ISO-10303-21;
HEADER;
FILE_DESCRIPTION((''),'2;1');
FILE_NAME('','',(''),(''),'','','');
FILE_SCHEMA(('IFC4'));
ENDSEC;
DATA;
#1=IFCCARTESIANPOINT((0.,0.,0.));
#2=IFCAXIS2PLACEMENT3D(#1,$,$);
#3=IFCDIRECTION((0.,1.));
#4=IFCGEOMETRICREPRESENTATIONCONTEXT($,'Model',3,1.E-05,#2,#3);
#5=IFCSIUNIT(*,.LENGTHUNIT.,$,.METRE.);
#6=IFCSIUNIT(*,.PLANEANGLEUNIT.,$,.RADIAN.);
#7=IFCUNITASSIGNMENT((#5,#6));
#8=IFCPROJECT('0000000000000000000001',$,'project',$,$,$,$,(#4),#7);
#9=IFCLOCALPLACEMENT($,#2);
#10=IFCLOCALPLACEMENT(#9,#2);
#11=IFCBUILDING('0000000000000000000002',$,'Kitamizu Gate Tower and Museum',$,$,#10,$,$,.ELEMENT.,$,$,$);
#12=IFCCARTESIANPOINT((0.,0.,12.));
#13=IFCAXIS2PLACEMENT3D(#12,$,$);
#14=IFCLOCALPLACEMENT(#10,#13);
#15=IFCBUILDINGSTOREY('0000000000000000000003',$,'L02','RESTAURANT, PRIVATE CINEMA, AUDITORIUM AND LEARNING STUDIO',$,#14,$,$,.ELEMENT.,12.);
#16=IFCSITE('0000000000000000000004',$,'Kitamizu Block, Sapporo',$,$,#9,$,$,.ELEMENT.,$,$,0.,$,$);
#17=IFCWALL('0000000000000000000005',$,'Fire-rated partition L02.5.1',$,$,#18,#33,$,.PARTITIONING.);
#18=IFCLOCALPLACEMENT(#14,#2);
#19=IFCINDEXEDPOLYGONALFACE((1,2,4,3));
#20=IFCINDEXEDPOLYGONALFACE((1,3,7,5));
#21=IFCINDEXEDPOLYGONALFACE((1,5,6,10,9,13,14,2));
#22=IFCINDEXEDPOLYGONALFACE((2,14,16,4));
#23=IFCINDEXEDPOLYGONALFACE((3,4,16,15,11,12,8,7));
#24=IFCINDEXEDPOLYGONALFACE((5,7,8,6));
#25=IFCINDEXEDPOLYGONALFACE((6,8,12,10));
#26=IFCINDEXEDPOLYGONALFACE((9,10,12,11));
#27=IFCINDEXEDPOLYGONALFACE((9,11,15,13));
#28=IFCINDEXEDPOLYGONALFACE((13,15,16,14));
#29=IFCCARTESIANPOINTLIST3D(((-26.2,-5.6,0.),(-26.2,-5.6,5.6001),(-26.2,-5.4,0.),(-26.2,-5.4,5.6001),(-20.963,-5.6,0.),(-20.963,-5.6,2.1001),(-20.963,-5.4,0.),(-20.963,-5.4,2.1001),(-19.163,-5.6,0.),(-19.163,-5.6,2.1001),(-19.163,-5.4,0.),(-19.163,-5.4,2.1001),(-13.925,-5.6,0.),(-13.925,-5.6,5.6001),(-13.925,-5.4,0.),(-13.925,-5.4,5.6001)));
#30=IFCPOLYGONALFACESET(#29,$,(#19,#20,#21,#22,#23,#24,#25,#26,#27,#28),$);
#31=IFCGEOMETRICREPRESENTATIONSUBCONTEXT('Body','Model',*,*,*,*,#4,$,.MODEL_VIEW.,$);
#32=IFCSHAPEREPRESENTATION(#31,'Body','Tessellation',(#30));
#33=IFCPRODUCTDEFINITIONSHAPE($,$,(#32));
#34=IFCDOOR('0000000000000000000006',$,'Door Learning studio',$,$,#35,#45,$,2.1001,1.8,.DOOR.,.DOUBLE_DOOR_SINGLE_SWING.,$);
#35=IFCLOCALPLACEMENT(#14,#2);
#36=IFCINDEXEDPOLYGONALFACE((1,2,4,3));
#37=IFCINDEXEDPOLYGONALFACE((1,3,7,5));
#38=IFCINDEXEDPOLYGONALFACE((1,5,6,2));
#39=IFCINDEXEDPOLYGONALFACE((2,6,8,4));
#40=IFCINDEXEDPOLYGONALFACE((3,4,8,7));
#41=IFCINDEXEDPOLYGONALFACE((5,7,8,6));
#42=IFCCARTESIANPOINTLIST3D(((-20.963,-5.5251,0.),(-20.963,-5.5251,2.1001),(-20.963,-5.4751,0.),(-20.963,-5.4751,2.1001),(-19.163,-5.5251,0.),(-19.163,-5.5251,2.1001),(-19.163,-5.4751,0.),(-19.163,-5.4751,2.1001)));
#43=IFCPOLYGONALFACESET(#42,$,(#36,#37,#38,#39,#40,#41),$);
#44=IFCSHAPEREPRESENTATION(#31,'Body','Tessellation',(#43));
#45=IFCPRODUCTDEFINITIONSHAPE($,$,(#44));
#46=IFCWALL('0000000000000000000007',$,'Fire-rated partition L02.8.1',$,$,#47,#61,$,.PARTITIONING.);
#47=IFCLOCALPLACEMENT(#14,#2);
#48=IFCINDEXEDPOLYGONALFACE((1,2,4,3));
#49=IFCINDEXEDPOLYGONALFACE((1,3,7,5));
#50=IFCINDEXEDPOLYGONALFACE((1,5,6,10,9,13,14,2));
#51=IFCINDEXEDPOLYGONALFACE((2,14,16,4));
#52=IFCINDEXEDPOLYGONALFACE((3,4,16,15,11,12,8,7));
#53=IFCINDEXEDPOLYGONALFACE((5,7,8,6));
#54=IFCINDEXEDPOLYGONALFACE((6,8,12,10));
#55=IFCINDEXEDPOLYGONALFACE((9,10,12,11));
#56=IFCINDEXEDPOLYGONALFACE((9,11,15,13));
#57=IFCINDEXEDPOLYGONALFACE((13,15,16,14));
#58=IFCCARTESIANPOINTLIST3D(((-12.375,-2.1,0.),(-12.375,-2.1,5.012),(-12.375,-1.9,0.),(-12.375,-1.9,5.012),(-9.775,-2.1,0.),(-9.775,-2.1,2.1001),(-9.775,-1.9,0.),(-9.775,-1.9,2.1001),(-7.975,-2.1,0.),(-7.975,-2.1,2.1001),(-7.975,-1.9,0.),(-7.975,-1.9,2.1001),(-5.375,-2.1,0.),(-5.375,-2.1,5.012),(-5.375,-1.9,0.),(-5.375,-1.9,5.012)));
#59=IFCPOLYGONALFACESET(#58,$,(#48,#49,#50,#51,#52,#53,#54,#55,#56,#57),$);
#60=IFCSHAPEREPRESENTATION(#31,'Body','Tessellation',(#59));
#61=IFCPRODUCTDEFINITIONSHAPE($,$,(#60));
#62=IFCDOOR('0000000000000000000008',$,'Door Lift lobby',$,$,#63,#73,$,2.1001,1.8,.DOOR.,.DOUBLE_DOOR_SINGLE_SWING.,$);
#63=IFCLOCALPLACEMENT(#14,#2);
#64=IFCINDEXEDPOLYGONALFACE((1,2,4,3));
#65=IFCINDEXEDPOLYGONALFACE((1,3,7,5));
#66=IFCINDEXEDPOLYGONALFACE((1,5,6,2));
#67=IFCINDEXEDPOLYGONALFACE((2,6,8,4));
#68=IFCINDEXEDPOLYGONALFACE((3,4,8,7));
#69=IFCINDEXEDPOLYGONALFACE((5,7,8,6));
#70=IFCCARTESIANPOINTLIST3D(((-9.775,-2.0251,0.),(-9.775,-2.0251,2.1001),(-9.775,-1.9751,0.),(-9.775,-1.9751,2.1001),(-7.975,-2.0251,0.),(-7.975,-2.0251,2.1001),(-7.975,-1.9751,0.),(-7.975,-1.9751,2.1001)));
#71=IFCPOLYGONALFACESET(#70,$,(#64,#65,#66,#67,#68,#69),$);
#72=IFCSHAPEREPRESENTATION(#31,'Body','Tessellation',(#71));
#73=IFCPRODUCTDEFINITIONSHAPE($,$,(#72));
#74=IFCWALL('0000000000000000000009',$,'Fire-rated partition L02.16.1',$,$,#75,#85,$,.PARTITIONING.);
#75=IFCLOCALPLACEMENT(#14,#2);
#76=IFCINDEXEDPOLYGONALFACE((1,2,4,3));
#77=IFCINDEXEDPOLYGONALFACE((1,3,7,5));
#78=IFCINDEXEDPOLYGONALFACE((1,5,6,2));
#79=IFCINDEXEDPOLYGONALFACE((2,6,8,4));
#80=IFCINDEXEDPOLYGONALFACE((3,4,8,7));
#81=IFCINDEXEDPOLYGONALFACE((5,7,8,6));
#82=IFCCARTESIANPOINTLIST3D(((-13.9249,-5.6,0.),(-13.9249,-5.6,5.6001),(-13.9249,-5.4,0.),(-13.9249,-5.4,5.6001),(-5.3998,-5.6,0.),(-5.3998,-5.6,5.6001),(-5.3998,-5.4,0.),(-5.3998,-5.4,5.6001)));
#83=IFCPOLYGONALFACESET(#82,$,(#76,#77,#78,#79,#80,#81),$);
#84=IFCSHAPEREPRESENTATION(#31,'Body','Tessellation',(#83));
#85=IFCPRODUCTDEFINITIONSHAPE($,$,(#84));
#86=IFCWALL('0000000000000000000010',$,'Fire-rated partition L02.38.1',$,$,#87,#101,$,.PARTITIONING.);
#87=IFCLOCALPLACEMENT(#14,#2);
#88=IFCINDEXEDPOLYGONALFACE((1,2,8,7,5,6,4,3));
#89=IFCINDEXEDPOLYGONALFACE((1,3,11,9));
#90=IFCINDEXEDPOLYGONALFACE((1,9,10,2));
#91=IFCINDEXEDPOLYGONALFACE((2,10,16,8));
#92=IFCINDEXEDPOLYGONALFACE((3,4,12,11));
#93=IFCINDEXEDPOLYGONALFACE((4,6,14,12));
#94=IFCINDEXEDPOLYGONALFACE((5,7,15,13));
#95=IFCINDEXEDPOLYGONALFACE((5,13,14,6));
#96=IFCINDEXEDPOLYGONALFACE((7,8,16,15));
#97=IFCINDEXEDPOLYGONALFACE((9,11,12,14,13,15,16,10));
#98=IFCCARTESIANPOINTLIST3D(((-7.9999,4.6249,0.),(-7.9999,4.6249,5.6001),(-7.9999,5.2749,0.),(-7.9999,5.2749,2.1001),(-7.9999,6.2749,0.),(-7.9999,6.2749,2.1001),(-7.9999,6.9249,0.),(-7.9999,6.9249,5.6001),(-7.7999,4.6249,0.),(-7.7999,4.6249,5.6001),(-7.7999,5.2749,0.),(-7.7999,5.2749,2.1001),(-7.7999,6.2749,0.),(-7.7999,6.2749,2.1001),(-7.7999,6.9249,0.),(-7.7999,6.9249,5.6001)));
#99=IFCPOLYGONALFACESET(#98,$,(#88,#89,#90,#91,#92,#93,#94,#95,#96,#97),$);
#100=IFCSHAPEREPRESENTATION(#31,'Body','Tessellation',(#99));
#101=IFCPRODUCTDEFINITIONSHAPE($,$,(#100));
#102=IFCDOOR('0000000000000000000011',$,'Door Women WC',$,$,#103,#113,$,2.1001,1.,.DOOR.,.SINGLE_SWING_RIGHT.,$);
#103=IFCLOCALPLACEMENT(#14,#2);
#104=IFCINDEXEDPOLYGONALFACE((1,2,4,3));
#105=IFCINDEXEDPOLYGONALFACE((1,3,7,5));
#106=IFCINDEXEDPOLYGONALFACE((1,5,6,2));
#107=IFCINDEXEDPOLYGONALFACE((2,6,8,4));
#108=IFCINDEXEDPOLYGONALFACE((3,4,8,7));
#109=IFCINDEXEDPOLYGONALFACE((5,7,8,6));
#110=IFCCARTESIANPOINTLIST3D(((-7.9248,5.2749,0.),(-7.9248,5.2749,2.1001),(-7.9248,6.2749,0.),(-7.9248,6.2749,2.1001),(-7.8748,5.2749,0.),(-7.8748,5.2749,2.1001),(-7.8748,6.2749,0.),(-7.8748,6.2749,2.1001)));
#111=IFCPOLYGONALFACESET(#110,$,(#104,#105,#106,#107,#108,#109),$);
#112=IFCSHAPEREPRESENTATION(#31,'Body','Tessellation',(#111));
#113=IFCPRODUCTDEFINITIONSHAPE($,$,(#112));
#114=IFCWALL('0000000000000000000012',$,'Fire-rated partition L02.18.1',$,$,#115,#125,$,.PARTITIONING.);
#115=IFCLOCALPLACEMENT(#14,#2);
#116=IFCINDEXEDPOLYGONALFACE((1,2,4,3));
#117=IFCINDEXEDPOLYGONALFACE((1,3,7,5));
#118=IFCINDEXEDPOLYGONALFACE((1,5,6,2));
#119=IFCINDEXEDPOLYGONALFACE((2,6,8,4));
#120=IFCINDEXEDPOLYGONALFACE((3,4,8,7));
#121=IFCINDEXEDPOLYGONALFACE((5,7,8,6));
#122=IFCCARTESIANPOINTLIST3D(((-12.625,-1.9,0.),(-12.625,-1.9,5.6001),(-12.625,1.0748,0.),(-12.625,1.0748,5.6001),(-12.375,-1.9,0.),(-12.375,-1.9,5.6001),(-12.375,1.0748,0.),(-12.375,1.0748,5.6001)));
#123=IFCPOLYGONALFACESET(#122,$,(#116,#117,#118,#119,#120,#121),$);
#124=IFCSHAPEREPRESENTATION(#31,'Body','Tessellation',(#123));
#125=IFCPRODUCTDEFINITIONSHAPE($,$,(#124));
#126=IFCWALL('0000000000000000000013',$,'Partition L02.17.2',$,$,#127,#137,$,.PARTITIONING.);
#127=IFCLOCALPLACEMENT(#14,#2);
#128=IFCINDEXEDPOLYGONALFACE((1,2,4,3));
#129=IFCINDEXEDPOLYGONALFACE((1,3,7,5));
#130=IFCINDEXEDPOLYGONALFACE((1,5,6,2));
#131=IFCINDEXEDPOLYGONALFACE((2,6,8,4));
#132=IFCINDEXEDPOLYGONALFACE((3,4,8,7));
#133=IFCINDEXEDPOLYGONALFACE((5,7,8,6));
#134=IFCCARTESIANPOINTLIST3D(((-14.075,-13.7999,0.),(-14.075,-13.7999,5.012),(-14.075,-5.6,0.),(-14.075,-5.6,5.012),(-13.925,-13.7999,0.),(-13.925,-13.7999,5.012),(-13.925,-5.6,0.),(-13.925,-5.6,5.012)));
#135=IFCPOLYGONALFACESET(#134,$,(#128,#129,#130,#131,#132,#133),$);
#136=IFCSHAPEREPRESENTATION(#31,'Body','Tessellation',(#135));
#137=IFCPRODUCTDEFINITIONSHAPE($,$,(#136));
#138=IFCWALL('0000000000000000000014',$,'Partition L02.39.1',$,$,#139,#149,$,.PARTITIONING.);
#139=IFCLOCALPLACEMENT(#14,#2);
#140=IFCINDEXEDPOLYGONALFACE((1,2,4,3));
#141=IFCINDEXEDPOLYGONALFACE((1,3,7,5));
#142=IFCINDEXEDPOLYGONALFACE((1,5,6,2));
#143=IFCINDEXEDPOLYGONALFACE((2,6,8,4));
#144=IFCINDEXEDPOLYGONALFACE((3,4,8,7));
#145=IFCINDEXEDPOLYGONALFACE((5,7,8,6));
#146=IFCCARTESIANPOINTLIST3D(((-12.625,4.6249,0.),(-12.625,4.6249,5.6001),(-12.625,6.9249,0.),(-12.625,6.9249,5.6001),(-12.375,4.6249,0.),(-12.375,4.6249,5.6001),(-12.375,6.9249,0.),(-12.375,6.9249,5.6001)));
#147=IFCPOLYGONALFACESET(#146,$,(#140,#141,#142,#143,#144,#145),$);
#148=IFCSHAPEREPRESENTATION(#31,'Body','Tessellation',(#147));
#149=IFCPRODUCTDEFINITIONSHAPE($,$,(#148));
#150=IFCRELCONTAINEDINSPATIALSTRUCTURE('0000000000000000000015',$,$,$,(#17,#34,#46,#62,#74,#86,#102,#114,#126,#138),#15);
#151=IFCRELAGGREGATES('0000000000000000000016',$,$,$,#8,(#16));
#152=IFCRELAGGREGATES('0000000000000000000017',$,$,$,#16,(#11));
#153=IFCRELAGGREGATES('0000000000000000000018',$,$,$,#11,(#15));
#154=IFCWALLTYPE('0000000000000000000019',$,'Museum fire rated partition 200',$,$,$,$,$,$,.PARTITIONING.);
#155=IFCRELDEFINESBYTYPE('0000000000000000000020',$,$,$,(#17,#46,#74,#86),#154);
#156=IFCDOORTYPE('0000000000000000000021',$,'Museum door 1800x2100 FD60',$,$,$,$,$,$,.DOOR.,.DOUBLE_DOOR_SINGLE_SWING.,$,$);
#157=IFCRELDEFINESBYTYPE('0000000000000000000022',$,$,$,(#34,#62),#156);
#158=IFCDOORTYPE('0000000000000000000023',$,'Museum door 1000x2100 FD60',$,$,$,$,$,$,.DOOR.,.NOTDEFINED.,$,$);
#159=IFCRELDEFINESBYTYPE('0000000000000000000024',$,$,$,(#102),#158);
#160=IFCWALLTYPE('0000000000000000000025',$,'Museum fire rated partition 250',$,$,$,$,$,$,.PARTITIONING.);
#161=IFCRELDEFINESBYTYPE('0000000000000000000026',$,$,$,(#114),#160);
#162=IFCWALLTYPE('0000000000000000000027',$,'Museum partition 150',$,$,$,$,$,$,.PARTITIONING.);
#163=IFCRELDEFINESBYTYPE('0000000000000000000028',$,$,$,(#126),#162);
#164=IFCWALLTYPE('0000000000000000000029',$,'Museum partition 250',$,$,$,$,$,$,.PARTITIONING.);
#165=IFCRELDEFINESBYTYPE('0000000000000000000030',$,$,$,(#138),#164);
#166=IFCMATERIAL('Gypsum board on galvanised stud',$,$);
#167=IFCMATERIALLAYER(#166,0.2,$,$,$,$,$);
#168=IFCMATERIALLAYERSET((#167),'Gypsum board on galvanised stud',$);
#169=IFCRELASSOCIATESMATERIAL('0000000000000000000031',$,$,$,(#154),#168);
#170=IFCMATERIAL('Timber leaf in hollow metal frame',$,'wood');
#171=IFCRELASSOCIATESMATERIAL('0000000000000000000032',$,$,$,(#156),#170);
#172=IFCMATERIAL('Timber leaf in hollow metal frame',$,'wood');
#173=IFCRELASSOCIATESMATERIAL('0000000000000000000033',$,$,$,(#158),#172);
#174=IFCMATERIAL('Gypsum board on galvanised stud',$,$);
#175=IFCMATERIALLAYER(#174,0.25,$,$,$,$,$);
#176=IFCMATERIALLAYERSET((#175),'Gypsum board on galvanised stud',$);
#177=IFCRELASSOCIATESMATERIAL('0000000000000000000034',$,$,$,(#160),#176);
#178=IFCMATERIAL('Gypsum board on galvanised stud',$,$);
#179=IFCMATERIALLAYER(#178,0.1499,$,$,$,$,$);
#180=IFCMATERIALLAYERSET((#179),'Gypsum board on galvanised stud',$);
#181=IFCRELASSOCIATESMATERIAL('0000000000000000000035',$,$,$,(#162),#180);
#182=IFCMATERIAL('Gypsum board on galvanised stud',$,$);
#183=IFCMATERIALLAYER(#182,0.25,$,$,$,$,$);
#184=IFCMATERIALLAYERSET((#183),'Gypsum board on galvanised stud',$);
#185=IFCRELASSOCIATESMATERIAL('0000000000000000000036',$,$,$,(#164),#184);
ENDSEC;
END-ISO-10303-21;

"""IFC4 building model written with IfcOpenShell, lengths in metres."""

from ifc_helpers import new_model, si_unit, direction, frame, frame_2d, origin, place, context, subcontext, project, spatial, rectangle, extrude, material, layer, layer_set, type_object, element, fill, save


model = new_model("IFC4")

# Units and contexts
model_context = context("Model", 3, precision=1e-05, world=origin(), true_north=direction((0.0, 1.0)))
body_context = subcontext(model_context, "Body", "Model", "MODEL_VIEW")
ifc_project = project(units=[si_unit("LENGTHUNIT", "METRE"), si_unit("PLANEANGLEUNIT", "RADIAN")], contexts=[model_context])

# Site, building, storey
site_placement = place(None, origin())
site = spatial("IfcSite", under=ifc_project, at=site_placement, Name="Kitamizu Block, Sapporo", CompositionType="ELEMENT", RefElevation=0.0)
building_placement = place(site_placement, origin())
building = spatial("IfcBuilding", under=site, at=building_placement, Name="Kitamizu Gate Tower and Museum", CompositionType="ELEMENT")
storey_placement = place(building_placement, frame((0.0, 0.0, 12.0)))
storey = spatial("IfcBuildingStorey", under=building, at=storey_placement, Name="L02", Description="RESTAURANT, PRIVATE CINEMA, AUDITORIUM AND LEARNING STUDIO", CompositionType="ELEMENT", Elevation=12.0)

# Shared definitions
ifc_material_1 = material(Name="Gypsum board on galvanised stud")
ifc_layer_1 = layer(ifc_material_1, 0.2)
ifc_layer_set_1 = layer_set([ifc_layer_1], Name="Gypsum board on galvanised stud")
wall_type_1 = type_object("IfcWallType", Name="Museum fire rated partition 200", PredefinedType="PARTITIONING", material=ifc_layer_set_1)
ifc_material_2 = material(Name="Timber leaf in hollow metal frame", Category="wood")
door_type_1 = type_object("IfcDoorType", Name="Museum door 1800x2100 FD60", OperationType="DOUBLE_DOOR_SINGLE_SWING", PredefinedType="DOOR", material=ifc_material_2)

# Walls, openings, doors
wall_1_placement = place(storey_placement, frame((-26.2, -5.5, 0.0), z_axis=(0.0, 0.0, 1.0), x_axis=(1.0, 0.0, 0.0)))
wall_1 = element("IfcWall", 1, at=wall_1_placement, inside=storey, type_object=wall_type_1, Name="Fire-rated partition L02.5.1", PredefinedType="PARTITIONING", context=body_context, shape_type="SweptSolid", body=[
    extrude(rectangle(XDim=12.2749, YDim=0.2, at=frame_2d((6.1375, 0.0))), origin(), (0.0, 0.0, 1.0), 5.6001),
])
opening_1_placement = place(wall_1_placement, frame((5.2371, 0.0, 0.0)))
opening_1 = element("IfcOpeningElement", 2, at=opening_1_placement, cuts=wall_1, PredefinedType="OPENING", context=body_context, shape_type="SweptSolid", body=[
    extrude(rectangle(XDim=1.8, YDim=2.1001, at=frame_2d((0.8999, 1.05))), frame((0.0, 0.1099, 0.0), z_axis=(0.0, -1.0, 0.0), x_axis=(1.0, 0.0, 0.0)), (0.0, 0.0, 1.0), 0.22),
])
door_1_placement = place(opening_1_placement, origin())
door_1 = element("IfcDoor", 3, at=door_1_placement, inside=storey, type_object=door_type_1, Name="Door Learning studio", OperationType="DOUBLE_DOOR_SINGLE_SWING", OverallHeight=2.1001, OverallWidth=1.8, PredefinedType="DOOR", context=body_context, shape_type="SweptSolid", body=[
    extrude(rectangle(XDim=1.8, YDim=2.1001, at=frame_2d((0.8999, 1.05))), frame((0.0, 0.0249, 0.0), z_axis=(0.0, -1.0, 0.0), x_axis=(1.0, 0.0, 0.0)), (0.0, 0.0, 1.0), 0.05),
])
fill(opening_1, door_1)
wall_2_placement = place(storey_placement, frame((-12.375, -2.0, 0.0), z_axis=(0.0, 0.0, 1.0), x_axis=(1.0, 0.0, 0.0)))
wall_2 = element("IfcWall", 4, at=wall_2_placement, inside=storey, type_object=wall_type_1, Name="Fire-rated partition L02.8.1", PredefinedType="PARTITIONING", context=body_context, shape_type="SweptSolid", body=[
    extrude(rectangle(XDim=7.0, YDim=0.2, at=frame_2d((3.5, 0.0))), origin(), (0.0, 0.0, 1.0), 5.012),
])
opening_2_placement = place(wall_2_placement, frame((2.6001, 0.0, 0.0)))
opening_2 = element("IfcOpeningElement", 5, at=opening_2_placement, cuts=wall_2, PredefinedType="OPENING", context=body_context, shape_type="SweptSolid", body=[
    extrude(rectangle(XDim=1.8, YDim=2.1001, at=frame_2d((0.8999, 1.05))), frame((0.0, 0.1099, 0.0), z_axis=(0.0, -1.0, 0.0), x_axis=(1.0, 0.0, 0.0)), (0.0, 0.0, 1.0), 0.22),
])
door_2_placement = place(opening_2_placement, origin())
door_2 = element("IfcDoor", 6, at=door_2_placement, inside=storey, type_object=door_type_1, Name="Door Lift lobby", OperationType="DOUBLE_DOOR_SINGLE_SWING", OverallHeight=2.1001, OverallWidth=1.8, PredefinedType="DOOR", context=body_context, shape_type="SweptSolid", body=[
    extrude(rectangle(XDim=1.8, YDim=2.1001, at=frame_2d((0.8999, 1.05))), frame((0.0, 0.0249, 0.0), z_axis=(0.0, -1.0, 0.0), x_axis=(1.0, 0.0, 0.0)), (0.0, 0.0, 1.0), 0.05),
])
fill(opening_2, door_2)

# Wall
wall_3_placement = place(storey_placement, frame((-13.925, -5.5, 0.0), z_axis=(0.0, 0.0, 1.0), x_axis=(1.0, 0.0, 0.0)))
element("IfcWall", 7, at=wall_3_placement, inside=storey, type_object=wall_type_1, Name="Fire-rated partition L02.16.1", PredefinedType="PARTITIONING", context=body_context, shape_type="SweptSolid", body=[
    extrude(rectangle(XDim=8.5251, YDim=0.2, at=frame_2d((4.2627, 0.0))), origin(), (0.0, 0.0, 1.0), 5.6001),
])

# Wall, opening, door
wall_4_placement = place(storey_placement, frame((-7.8999, 4.625, 0.0), z_axis=(0.0, 0.0, 1.0), x_axis=(0.0, 1.0, 0.0)))
wall_4 = element("IfcWall", 8, at=wall_4_placement, inside=storey, type_object=wall_type_1, Name="Fire-rated partition L02.38.1", PredefinedType="PARTITIONING", context=body_context, shape_type="SweptSolid", body=[
    extrude(rectangle(XDim=2.3, YDim=0.2, at=frame_2d((1.1499, 0.0))), origin(), (0.0, 0.0, 1.0), 5.6001),
])
opening_3_placement = place(wall_4_placement, frame((0.6499, 0.0, 0.0)))
opening_3 = element("IfcOpeningElement", 9, at=opening_3_placement, cuts=wall_4, PredefinedType="OPENING", context=body_context, shape_type="SweptSolid", body=[
    extrude(rectangle(XDim=1.0, YDim=2.1001, at=frame_2d((0.5, 1.05))), frame((0.0, 0.1099, 0.0), z_axis=(0.0, -1.0, 0.0), x_axis=(1.0, 0.0, 0.0)), (0.0, 0.0, 1.0), 0.22),
])
ifc_material_3 = material(Name="Timber leaf in hollow metal frame", Category="wood")
door_type_2 = type_object("IfcDoorType", Name="Museum door 1000x2100 FD60", OperationType="NOTDEFINED", PredefinedType="DOOR", material=ifc_material_3)
door_3_placement = place(opening_3_placement, origin())
door_3 = element("IfcDoor", 10, at=door_3_placement, inside=storey, type_object=door_type_2, Name="Door Women WC", OperationType="SINGLE_SWING_RIGHT", OverallHeight=2.1001, OverallWidth=1.0, PredefinedType="DOOR", context=body_context, shape_type="SweptSolid", body=[
    extrude(rectangle(XDim=1.0, YDim=2.1001, at=frame_2d((0.5, 1.05))), frame((0.0, 0.0249, 0.0), z_axis=(0.0, -1.0, 0.0), x_axis=(1.0, 0.0, 0.0)), (0.0, 0.0, 1.0), 0.05),
])
fill(opening_3, door_3)

# Walls
ifc_material_4 = material(Name="Gypsum board on galvanised stud")
ifc_layer_2 = layer(ifc_material_4, 0.25)
ifc_layer_set_2 = layer_set([ifc_layer_2], Name="Gypsum board on galvanised stud")
wall_type_2 = type_object("IfcWallType", Name="Museum fire rated partition 250", PredefinedType="PARTITIONING", material=ifc_layer_set_2)
wall_5_placement = place(storey_placement, frame((-12.5, -1.8999, 0.0), z_axis=(0.0, 0.0, 1.0), x_axis=(0.0, 1.0, 0.0)))
element("IfcWall", 11, at=wall_5_placement, inside=storey, type_object=wall_type_2, Name="Fire-rated partition L02.18.1", PredefinedType="PARTITIONING", context=body_context, shape_type="SweptSolid", body=[
    extrude(rectangle(XDim=2.9749, YDim=0.25, at=frame_2d((1.4873, 0.0))), origin(), (0.0, 0.0, 1.0), 5.6001),
])
ifc_material_5 = material(Name="Gypsum board on galvanised stud")
ifc_layer_3 = layer(ifc_material_5, 0.1499)
ifc_layer_set_3 = layer_set([ifc_layer_3], Name="Gypsum board on galvanised stud")
wall_type_3 = type_object("IfcWallType", Name="Museum partition 150", PredefinedType="PARTITIONING", material=ifc_layer_set_3)
wall_6_placement = place(storey_placement, frame((-14.0, -13.8, 0.0), z_axis=(0.0, 0.0, 1.0), x_axis=(0.0, 1.0, 0.0)))
element("IfcWall", 12, at=wall_6_placement, inside=storey, type_object=wall_type_3, Name="Partition L02.17.2", PredefinedType="PARTITIONING", context=body_context, shape_type="SweptSolid", body=[
    extrude(rectangle(XDim=8.2, YDim=0.1499, at=frame_2d((4.1001, 0.0))), origin(), (0.0, 0.0, 1.0), 5.012),
])
ifc_material_6 = material(Name="Gypsum board on galvanised stud")
ifc_layer_4 = layer(ifc_material_6, 0.25)
ifc_layer_set_4 = layer_set([ifc_layer_4], Name="Gypsum board on galvanised stud")
wall_type_4 = type_object("IfcWallType", Name="Museum partition 250", PredefinedType="PARTITIONING", material=ifc_layer_set_4)
wall_7_placement = place(storey_placement, frame((-12.5, 4.625, 0.0), z_axis=(0.0, 0.0, 1.0), x_axis=(0.0, 1.0, 0.0)))
element("IfcWall", 13, at=wall_7_placement, inside=storey, type_object=wall_type_4, Name="Partition L02.39.1", PredefinedType="PARTITIONING", context=body_context, shape_type="SweptSolid", body=[
    extrude(rectangle(XDim=2.3, YDim=0.25, at=frame_2d((1.1499, 0.0))), origin(), (0.0, 0.0, 1.0), 5.6001),
])

save(model, "model.ifc")
